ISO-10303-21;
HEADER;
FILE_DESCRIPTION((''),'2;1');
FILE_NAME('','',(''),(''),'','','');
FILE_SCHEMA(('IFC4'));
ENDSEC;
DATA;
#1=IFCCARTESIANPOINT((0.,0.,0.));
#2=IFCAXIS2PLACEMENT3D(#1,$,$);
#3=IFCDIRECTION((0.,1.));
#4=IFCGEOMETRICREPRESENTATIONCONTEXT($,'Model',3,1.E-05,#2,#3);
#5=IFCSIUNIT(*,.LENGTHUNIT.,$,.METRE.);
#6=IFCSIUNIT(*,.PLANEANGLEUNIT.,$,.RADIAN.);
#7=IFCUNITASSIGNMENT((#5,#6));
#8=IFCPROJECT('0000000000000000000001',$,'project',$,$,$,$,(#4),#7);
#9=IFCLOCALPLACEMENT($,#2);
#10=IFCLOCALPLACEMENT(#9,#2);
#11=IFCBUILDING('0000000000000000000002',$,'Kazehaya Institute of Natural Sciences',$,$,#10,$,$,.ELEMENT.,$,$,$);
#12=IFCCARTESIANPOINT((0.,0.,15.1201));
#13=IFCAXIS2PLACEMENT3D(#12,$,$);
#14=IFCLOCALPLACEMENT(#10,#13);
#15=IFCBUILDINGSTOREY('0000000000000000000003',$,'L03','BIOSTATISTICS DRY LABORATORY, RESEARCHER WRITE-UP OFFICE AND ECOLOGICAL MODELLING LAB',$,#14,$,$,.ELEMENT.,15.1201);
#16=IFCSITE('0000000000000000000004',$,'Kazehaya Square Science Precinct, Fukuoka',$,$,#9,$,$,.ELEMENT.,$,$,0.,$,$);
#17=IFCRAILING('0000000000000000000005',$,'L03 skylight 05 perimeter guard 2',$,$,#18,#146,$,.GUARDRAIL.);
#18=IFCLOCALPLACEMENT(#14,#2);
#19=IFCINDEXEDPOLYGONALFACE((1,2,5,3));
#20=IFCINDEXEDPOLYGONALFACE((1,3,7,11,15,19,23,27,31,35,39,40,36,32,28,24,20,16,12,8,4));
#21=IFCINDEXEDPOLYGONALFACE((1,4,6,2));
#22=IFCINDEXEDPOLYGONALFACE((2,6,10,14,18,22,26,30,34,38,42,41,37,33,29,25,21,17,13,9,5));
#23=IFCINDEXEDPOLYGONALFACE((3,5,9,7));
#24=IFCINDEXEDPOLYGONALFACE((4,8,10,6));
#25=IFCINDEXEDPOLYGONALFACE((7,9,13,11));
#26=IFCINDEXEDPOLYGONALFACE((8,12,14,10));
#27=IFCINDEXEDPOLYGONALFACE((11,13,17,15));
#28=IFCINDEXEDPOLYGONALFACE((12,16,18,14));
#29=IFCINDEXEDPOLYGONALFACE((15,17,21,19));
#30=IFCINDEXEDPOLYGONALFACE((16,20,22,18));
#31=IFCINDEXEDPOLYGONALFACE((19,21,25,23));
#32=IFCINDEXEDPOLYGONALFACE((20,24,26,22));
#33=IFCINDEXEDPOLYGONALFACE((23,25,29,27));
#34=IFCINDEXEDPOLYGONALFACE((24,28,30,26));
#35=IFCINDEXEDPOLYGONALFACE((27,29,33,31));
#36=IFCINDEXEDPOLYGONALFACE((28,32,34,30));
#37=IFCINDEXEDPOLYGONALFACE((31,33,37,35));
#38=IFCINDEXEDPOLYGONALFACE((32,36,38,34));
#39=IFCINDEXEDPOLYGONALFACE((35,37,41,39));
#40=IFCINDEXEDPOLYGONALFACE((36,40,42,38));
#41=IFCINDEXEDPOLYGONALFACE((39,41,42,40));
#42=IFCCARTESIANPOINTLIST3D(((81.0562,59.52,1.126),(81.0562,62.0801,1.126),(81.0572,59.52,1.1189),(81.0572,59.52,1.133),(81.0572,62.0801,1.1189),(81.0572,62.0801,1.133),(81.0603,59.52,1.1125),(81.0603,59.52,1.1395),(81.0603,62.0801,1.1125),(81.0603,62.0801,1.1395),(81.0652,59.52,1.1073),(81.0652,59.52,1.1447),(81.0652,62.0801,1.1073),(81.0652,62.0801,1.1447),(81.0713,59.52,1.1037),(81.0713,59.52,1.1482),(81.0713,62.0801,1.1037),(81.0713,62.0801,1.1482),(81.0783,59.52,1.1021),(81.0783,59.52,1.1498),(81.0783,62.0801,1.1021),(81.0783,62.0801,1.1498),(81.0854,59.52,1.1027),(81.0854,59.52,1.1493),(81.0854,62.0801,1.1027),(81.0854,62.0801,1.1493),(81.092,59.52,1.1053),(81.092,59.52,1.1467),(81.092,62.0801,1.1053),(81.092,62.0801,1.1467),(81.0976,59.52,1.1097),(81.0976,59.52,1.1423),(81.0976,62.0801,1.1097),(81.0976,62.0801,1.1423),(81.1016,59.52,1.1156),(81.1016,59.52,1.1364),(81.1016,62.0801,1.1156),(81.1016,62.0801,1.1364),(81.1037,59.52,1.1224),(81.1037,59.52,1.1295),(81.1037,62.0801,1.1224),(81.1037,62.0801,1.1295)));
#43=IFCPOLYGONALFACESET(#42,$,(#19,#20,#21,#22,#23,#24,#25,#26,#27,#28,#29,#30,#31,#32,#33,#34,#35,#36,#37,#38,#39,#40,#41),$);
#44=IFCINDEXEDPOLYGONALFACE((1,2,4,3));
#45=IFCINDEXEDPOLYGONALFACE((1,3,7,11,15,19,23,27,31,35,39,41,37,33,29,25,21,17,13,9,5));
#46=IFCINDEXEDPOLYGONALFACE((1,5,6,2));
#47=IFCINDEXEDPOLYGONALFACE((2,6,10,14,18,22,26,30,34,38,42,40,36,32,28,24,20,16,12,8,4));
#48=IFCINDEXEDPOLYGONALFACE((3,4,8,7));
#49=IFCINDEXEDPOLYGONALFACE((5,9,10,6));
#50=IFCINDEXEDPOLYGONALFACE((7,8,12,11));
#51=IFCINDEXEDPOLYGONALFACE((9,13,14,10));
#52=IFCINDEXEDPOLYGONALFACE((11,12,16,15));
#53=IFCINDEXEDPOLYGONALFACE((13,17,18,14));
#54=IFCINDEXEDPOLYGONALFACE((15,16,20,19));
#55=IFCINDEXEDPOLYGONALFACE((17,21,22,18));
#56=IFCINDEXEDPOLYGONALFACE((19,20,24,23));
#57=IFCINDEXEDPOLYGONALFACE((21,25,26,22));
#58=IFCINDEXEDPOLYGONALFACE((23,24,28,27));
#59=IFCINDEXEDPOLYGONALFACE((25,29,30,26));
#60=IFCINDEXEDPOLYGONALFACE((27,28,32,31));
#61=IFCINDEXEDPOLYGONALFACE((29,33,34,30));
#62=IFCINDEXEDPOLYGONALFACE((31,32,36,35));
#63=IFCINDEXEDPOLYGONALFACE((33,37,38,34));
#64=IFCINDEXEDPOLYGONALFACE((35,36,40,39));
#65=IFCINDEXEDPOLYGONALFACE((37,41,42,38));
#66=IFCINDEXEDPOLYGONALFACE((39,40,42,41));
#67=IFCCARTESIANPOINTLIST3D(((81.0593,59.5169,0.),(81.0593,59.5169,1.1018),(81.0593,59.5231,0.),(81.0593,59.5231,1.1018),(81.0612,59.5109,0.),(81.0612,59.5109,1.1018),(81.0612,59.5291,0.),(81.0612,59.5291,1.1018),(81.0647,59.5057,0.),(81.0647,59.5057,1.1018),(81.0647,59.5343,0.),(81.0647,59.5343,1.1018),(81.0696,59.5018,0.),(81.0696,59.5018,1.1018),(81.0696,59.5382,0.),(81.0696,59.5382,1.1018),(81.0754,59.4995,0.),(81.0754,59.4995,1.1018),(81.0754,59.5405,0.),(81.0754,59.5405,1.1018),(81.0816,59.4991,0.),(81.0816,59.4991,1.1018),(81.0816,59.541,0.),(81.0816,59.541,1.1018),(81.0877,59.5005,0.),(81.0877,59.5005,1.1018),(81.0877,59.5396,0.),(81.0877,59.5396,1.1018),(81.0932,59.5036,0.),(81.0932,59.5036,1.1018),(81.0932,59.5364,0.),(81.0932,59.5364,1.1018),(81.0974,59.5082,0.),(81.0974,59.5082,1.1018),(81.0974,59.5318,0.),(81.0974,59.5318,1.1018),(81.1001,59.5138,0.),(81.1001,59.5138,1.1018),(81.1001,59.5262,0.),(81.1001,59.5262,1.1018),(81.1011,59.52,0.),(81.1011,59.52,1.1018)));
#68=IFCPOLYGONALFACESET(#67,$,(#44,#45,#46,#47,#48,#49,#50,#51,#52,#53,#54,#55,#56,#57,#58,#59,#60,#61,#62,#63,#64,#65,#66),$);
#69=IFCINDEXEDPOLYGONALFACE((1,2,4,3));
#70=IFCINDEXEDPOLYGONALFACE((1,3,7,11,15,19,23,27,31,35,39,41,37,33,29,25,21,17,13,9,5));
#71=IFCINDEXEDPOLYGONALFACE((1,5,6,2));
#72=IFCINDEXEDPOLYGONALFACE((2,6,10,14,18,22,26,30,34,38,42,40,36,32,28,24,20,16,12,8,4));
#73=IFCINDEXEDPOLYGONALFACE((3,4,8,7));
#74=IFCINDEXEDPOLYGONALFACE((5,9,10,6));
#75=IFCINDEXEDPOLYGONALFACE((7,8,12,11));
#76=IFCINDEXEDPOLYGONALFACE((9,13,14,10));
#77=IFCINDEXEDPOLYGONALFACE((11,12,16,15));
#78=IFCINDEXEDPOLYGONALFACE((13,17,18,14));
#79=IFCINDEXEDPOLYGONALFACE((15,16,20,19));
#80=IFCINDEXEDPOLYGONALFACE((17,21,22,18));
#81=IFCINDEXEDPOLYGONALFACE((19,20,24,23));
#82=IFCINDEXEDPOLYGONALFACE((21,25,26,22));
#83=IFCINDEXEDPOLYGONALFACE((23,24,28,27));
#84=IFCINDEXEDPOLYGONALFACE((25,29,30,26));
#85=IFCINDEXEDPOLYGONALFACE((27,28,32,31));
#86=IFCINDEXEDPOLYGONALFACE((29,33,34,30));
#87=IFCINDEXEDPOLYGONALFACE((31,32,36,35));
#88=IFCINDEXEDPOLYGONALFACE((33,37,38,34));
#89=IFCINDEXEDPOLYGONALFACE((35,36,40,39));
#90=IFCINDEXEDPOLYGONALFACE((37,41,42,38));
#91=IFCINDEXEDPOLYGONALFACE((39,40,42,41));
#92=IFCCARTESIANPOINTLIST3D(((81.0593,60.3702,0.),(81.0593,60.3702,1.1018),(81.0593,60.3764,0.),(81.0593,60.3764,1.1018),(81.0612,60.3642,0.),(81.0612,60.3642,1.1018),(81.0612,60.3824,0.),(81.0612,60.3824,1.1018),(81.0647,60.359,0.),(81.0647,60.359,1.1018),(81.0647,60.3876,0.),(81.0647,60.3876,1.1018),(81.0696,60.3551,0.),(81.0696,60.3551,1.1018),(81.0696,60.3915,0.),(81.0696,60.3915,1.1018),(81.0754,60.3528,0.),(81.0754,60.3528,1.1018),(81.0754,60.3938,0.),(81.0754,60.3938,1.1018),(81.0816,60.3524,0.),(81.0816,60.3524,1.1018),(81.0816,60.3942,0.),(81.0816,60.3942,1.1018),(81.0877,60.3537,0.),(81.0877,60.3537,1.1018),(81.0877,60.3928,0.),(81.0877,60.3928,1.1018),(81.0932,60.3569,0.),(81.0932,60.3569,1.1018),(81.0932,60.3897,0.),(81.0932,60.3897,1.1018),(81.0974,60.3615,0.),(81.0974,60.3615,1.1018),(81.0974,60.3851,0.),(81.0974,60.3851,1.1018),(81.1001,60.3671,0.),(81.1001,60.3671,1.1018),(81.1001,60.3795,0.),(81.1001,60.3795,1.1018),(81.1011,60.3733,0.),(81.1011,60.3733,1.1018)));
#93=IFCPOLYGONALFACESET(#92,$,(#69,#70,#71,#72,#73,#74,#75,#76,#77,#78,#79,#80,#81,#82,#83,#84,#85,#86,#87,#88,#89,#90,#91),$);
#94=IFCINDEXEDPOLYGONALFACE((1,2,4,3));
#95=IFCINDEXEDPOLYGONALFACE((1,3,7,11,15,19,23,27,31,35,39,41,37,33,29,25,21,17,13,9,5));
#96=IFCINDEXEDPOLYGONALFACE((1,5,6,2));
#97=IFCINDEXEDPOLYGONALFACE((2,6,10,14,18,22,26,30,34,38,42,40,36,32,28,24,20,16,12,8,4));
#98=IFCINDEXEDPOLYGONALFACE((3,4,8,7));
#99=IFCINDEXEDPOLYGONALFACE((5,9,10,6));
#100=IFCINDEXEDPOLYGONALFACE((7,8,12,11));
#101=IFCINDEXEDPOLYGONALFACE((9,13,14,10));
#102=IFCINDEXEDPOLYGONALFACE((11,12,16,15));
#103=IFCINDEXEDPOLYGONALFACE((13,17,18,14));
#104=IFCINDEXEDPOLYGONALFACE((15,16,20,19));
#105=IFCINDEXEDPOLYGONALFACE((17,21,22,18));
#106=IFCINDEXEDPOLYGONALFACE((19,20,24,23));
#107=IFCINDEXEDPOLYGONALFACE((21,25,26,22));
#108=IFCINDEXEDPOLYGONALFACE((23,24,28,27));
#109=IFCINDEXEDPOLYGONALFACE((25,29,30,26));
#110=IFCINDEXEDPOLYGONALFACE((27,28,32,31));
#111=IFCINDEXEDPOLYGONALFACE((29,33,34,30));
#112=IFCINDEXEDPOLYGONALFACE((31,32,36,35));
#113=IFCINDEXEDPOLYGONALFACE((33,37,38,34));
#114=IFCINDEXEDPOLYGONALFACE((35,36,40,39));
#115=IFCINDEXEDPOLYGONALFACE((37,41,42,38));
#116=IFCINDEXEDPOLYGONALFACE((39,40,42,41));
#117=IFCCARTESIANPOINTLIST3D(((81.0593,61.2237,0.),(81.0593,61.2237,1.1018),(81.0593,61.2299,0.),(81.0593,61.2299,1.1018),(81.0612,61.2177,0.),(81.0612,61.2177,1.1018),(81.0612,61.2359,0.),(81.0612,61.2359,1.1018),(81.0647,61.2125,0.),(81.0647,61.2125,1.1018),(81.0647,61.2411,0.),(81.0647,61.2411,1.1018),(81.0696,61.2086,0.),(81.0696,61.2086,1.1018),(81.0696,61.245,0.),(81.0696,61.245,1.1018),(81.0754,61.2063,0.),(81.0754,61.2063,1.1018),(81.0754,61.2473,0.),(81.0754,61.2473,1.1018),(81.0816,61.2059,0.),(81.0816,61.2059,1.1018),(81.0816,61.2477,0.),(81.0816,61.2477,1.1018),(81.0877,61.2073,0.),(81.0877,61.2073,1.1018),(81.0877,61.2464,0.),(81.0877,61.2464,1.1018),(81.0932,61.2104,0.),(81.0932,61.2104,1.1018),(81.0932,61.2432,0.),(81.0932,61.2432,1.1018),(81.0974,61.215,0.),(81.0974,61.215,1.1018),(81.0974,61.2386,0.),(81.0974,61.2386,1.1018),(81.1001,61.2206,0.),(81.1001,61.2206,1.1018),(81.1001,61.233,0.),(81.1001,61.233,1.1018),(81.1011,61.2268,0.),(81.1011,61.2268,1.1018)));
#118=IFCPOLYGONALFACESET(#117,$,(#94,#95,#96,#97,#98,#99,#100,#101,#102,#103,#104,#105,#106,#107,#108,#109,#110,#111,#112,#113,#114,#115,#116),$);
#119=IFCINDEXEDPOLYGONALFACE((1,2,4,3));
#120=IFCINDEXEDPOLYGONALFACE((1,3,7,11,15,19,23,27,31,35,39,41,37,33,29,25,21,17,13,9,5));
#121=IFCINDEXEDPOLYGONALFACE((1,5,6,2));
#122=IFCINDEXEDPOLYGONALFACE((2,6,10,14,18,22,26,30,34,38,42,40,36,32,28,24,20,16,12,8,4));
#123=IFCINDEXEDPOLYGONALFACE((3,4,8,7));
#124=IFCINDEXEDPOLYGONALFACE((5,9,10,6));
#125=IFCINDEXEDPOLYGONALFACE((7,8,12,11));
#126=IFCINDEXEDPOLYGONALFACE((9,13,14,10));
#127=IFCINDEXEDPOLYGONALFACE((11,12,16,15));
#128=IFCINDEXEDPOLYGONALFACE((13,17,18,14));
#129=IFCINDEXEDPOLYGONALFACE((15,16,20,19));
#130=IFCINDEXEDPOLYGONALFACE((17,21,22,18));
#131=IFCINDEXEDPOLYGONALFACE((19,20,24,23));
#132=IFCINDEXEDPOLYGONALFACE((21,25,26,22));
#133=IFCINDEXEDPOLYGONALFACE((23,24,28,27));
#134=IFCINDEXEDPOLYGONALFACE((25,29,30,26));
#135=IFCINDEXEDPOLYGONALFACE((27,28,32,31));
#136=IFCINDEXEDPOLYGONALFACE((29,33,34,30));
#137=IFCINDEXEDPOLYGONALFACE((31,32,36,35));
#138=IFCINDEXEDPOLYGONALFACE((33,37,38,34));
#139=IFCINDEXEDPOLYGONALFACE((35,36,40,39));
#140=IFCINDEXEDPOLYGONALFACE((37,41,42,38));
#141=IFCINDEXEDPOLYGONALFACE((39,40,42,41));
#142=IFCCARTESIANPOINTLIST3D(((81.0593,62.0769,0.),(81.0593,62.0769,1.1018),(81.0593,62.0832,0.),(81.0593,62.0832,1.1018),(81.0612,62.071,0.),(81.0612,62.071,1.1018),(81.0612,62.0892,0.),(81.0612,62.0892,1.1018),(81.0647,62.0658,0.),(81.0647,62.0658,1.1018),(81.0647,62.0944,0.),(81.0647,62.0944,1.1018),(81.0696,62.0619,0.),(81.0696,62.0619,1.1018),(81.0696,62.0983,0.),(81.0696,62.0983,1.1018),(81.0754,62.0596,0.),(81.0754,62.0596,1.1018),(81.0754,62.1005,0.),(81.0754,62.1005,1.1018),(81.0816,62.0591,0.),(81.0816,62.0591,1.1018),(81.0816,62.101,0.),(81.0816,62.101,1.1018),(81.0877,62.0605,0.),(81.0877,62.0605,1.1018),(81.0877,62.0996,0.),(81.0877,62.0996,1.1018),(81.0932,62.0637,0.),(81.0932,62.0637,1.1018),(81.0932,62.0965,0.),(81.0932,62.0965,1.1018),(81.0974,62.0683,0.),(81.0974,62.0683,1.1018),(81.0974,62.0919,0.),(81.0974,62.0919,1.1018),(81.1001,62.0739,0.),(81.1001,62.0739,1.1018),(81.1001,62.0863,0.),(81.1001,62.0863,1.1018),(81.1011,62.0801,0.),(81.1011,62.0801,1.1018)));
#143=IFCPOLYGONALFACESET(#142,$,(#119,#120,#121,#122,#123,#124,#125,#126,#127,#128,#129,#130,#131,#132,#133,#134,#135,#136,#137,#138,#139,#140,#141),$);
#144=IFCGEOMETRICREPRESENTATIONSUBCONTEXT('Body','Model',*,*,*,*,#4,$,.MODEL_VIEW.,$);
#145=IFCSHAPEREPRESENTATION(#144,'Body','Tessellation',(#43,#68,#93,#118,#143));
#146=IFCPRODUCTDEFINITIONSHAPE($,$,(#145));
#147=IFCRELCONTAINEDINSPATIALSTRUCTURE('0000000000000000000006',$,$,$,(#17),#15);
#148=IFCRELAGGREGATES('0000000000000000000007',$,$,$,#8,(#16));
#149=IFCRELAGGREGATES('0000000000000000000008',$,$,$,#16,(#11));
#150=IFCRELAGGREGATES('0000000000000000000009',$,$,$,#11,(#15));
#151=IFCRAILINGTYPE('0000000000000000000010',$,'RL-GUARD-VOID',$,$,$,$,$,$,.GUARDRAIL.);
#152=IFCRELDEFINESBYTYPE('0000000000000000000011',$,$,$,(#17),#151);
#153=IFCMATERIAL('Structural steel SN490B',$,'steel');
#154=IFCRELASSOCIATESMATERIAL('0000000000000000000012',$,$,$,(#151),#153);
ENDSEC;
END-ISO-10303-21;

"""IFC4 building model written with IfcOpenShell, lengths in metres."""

from ifc_helpers import new_model, si_unit, direction, frame, origin, origin_2d, place, context, subcontext, project, spatial, circle, extrude, material, type_object, element, save


model = new_model("IFC4")

# Units and contexts
model_context = context("Model", 3, precision=1e-05, world=origin(), true_north=direction((0.0, 1.0)))
body_context = subcontext(model_context, "Body", "Model", "MODEL_VIEW")
ifc_project = project(units=[si_unit("LENGTHUNIT", "METRE"), si_unit("PLANEANGLEUNIT", "RADIAN")], contexts=[model_context])

# Site, building, storey
site_placement = place(None, origin())
site = spatial("IfcSite", under=ifc_project, at=site_placement, Name="Kazehaya Square Science Precinct, Fukuoka", CompositionType="ELEMENT", RefElevation=0.0)
building_placement = place(site_placement, origin())
building = spatial("IfcBuilding", under=site, at=building_placement, Name="Kazehaya Institute of Natural Sciences", CompositionType="ELEMENT")
storey_placement = place(building_placement, frame((0.0, 0.0, 15.1201)))
storey = spatial("IfcBuildingStorey", under=building, at=storey_placement, Name="L03", Description="BIOSTATISTICS DRY LABORATORY, RESEARCHER WRITE-UP OFFICE AND ECOLOGICAL MODELLING LAB", CompositionType="ELEMENT", Elevation=15.1201)

# Railing
ifc_material_1 = material(Name="Structural steel SN490B", Category="steel")
railing_type = type_object("IfcRailingType", Name="RL-GUARD-VOID", PredefinedType="GUARDRAIL", material=ifc_material_1)
railing_1_placement = place(storey_placement, frame((81.0801, 59.52, 0.0)))
element("IfcRailing", 1, at=railing_1_placement, inside=storey, type_object=railing_type, Name="L03 skylight 05 perimeter guard 2", PredefinedType="GUARDRAIL", context=body_context, shape_type="SweptSolid", body=[
    extrude(circle(Radius=0.0239, at=origin_2d()), frame((0.0, 0.0, 1.126), z_axis=(0.0, 1.0, 0.0), x_axis=(-1.0, 0.0, 0.0)), (0.0, 0.0, 1.0), 2.5601),
    extrude(circle(Radius=0.021, at=origin_2d()), origin(), (0.0, 0.0, 1.0), 1.1018),
    extrude(circle(Radius=0.021, at=origin_2d()), frame((0.0, 0.8533, 0.0)), (0.0, 0.0, 1.0), 1.1018),
    extrude(circle(Radius=0.021, at=origin_2d()), frame((0.0, 1.7068, 0.0)), (0.0, 0.0, 1.0), 1.1018),
    extrude(circle(Radius=0.021, at=origin_2d()), frame((0.0, 2.5601, 0.0)), (0.0, 0.0, 1.0), 1.1018),
])

save(model, "model.ifc")
